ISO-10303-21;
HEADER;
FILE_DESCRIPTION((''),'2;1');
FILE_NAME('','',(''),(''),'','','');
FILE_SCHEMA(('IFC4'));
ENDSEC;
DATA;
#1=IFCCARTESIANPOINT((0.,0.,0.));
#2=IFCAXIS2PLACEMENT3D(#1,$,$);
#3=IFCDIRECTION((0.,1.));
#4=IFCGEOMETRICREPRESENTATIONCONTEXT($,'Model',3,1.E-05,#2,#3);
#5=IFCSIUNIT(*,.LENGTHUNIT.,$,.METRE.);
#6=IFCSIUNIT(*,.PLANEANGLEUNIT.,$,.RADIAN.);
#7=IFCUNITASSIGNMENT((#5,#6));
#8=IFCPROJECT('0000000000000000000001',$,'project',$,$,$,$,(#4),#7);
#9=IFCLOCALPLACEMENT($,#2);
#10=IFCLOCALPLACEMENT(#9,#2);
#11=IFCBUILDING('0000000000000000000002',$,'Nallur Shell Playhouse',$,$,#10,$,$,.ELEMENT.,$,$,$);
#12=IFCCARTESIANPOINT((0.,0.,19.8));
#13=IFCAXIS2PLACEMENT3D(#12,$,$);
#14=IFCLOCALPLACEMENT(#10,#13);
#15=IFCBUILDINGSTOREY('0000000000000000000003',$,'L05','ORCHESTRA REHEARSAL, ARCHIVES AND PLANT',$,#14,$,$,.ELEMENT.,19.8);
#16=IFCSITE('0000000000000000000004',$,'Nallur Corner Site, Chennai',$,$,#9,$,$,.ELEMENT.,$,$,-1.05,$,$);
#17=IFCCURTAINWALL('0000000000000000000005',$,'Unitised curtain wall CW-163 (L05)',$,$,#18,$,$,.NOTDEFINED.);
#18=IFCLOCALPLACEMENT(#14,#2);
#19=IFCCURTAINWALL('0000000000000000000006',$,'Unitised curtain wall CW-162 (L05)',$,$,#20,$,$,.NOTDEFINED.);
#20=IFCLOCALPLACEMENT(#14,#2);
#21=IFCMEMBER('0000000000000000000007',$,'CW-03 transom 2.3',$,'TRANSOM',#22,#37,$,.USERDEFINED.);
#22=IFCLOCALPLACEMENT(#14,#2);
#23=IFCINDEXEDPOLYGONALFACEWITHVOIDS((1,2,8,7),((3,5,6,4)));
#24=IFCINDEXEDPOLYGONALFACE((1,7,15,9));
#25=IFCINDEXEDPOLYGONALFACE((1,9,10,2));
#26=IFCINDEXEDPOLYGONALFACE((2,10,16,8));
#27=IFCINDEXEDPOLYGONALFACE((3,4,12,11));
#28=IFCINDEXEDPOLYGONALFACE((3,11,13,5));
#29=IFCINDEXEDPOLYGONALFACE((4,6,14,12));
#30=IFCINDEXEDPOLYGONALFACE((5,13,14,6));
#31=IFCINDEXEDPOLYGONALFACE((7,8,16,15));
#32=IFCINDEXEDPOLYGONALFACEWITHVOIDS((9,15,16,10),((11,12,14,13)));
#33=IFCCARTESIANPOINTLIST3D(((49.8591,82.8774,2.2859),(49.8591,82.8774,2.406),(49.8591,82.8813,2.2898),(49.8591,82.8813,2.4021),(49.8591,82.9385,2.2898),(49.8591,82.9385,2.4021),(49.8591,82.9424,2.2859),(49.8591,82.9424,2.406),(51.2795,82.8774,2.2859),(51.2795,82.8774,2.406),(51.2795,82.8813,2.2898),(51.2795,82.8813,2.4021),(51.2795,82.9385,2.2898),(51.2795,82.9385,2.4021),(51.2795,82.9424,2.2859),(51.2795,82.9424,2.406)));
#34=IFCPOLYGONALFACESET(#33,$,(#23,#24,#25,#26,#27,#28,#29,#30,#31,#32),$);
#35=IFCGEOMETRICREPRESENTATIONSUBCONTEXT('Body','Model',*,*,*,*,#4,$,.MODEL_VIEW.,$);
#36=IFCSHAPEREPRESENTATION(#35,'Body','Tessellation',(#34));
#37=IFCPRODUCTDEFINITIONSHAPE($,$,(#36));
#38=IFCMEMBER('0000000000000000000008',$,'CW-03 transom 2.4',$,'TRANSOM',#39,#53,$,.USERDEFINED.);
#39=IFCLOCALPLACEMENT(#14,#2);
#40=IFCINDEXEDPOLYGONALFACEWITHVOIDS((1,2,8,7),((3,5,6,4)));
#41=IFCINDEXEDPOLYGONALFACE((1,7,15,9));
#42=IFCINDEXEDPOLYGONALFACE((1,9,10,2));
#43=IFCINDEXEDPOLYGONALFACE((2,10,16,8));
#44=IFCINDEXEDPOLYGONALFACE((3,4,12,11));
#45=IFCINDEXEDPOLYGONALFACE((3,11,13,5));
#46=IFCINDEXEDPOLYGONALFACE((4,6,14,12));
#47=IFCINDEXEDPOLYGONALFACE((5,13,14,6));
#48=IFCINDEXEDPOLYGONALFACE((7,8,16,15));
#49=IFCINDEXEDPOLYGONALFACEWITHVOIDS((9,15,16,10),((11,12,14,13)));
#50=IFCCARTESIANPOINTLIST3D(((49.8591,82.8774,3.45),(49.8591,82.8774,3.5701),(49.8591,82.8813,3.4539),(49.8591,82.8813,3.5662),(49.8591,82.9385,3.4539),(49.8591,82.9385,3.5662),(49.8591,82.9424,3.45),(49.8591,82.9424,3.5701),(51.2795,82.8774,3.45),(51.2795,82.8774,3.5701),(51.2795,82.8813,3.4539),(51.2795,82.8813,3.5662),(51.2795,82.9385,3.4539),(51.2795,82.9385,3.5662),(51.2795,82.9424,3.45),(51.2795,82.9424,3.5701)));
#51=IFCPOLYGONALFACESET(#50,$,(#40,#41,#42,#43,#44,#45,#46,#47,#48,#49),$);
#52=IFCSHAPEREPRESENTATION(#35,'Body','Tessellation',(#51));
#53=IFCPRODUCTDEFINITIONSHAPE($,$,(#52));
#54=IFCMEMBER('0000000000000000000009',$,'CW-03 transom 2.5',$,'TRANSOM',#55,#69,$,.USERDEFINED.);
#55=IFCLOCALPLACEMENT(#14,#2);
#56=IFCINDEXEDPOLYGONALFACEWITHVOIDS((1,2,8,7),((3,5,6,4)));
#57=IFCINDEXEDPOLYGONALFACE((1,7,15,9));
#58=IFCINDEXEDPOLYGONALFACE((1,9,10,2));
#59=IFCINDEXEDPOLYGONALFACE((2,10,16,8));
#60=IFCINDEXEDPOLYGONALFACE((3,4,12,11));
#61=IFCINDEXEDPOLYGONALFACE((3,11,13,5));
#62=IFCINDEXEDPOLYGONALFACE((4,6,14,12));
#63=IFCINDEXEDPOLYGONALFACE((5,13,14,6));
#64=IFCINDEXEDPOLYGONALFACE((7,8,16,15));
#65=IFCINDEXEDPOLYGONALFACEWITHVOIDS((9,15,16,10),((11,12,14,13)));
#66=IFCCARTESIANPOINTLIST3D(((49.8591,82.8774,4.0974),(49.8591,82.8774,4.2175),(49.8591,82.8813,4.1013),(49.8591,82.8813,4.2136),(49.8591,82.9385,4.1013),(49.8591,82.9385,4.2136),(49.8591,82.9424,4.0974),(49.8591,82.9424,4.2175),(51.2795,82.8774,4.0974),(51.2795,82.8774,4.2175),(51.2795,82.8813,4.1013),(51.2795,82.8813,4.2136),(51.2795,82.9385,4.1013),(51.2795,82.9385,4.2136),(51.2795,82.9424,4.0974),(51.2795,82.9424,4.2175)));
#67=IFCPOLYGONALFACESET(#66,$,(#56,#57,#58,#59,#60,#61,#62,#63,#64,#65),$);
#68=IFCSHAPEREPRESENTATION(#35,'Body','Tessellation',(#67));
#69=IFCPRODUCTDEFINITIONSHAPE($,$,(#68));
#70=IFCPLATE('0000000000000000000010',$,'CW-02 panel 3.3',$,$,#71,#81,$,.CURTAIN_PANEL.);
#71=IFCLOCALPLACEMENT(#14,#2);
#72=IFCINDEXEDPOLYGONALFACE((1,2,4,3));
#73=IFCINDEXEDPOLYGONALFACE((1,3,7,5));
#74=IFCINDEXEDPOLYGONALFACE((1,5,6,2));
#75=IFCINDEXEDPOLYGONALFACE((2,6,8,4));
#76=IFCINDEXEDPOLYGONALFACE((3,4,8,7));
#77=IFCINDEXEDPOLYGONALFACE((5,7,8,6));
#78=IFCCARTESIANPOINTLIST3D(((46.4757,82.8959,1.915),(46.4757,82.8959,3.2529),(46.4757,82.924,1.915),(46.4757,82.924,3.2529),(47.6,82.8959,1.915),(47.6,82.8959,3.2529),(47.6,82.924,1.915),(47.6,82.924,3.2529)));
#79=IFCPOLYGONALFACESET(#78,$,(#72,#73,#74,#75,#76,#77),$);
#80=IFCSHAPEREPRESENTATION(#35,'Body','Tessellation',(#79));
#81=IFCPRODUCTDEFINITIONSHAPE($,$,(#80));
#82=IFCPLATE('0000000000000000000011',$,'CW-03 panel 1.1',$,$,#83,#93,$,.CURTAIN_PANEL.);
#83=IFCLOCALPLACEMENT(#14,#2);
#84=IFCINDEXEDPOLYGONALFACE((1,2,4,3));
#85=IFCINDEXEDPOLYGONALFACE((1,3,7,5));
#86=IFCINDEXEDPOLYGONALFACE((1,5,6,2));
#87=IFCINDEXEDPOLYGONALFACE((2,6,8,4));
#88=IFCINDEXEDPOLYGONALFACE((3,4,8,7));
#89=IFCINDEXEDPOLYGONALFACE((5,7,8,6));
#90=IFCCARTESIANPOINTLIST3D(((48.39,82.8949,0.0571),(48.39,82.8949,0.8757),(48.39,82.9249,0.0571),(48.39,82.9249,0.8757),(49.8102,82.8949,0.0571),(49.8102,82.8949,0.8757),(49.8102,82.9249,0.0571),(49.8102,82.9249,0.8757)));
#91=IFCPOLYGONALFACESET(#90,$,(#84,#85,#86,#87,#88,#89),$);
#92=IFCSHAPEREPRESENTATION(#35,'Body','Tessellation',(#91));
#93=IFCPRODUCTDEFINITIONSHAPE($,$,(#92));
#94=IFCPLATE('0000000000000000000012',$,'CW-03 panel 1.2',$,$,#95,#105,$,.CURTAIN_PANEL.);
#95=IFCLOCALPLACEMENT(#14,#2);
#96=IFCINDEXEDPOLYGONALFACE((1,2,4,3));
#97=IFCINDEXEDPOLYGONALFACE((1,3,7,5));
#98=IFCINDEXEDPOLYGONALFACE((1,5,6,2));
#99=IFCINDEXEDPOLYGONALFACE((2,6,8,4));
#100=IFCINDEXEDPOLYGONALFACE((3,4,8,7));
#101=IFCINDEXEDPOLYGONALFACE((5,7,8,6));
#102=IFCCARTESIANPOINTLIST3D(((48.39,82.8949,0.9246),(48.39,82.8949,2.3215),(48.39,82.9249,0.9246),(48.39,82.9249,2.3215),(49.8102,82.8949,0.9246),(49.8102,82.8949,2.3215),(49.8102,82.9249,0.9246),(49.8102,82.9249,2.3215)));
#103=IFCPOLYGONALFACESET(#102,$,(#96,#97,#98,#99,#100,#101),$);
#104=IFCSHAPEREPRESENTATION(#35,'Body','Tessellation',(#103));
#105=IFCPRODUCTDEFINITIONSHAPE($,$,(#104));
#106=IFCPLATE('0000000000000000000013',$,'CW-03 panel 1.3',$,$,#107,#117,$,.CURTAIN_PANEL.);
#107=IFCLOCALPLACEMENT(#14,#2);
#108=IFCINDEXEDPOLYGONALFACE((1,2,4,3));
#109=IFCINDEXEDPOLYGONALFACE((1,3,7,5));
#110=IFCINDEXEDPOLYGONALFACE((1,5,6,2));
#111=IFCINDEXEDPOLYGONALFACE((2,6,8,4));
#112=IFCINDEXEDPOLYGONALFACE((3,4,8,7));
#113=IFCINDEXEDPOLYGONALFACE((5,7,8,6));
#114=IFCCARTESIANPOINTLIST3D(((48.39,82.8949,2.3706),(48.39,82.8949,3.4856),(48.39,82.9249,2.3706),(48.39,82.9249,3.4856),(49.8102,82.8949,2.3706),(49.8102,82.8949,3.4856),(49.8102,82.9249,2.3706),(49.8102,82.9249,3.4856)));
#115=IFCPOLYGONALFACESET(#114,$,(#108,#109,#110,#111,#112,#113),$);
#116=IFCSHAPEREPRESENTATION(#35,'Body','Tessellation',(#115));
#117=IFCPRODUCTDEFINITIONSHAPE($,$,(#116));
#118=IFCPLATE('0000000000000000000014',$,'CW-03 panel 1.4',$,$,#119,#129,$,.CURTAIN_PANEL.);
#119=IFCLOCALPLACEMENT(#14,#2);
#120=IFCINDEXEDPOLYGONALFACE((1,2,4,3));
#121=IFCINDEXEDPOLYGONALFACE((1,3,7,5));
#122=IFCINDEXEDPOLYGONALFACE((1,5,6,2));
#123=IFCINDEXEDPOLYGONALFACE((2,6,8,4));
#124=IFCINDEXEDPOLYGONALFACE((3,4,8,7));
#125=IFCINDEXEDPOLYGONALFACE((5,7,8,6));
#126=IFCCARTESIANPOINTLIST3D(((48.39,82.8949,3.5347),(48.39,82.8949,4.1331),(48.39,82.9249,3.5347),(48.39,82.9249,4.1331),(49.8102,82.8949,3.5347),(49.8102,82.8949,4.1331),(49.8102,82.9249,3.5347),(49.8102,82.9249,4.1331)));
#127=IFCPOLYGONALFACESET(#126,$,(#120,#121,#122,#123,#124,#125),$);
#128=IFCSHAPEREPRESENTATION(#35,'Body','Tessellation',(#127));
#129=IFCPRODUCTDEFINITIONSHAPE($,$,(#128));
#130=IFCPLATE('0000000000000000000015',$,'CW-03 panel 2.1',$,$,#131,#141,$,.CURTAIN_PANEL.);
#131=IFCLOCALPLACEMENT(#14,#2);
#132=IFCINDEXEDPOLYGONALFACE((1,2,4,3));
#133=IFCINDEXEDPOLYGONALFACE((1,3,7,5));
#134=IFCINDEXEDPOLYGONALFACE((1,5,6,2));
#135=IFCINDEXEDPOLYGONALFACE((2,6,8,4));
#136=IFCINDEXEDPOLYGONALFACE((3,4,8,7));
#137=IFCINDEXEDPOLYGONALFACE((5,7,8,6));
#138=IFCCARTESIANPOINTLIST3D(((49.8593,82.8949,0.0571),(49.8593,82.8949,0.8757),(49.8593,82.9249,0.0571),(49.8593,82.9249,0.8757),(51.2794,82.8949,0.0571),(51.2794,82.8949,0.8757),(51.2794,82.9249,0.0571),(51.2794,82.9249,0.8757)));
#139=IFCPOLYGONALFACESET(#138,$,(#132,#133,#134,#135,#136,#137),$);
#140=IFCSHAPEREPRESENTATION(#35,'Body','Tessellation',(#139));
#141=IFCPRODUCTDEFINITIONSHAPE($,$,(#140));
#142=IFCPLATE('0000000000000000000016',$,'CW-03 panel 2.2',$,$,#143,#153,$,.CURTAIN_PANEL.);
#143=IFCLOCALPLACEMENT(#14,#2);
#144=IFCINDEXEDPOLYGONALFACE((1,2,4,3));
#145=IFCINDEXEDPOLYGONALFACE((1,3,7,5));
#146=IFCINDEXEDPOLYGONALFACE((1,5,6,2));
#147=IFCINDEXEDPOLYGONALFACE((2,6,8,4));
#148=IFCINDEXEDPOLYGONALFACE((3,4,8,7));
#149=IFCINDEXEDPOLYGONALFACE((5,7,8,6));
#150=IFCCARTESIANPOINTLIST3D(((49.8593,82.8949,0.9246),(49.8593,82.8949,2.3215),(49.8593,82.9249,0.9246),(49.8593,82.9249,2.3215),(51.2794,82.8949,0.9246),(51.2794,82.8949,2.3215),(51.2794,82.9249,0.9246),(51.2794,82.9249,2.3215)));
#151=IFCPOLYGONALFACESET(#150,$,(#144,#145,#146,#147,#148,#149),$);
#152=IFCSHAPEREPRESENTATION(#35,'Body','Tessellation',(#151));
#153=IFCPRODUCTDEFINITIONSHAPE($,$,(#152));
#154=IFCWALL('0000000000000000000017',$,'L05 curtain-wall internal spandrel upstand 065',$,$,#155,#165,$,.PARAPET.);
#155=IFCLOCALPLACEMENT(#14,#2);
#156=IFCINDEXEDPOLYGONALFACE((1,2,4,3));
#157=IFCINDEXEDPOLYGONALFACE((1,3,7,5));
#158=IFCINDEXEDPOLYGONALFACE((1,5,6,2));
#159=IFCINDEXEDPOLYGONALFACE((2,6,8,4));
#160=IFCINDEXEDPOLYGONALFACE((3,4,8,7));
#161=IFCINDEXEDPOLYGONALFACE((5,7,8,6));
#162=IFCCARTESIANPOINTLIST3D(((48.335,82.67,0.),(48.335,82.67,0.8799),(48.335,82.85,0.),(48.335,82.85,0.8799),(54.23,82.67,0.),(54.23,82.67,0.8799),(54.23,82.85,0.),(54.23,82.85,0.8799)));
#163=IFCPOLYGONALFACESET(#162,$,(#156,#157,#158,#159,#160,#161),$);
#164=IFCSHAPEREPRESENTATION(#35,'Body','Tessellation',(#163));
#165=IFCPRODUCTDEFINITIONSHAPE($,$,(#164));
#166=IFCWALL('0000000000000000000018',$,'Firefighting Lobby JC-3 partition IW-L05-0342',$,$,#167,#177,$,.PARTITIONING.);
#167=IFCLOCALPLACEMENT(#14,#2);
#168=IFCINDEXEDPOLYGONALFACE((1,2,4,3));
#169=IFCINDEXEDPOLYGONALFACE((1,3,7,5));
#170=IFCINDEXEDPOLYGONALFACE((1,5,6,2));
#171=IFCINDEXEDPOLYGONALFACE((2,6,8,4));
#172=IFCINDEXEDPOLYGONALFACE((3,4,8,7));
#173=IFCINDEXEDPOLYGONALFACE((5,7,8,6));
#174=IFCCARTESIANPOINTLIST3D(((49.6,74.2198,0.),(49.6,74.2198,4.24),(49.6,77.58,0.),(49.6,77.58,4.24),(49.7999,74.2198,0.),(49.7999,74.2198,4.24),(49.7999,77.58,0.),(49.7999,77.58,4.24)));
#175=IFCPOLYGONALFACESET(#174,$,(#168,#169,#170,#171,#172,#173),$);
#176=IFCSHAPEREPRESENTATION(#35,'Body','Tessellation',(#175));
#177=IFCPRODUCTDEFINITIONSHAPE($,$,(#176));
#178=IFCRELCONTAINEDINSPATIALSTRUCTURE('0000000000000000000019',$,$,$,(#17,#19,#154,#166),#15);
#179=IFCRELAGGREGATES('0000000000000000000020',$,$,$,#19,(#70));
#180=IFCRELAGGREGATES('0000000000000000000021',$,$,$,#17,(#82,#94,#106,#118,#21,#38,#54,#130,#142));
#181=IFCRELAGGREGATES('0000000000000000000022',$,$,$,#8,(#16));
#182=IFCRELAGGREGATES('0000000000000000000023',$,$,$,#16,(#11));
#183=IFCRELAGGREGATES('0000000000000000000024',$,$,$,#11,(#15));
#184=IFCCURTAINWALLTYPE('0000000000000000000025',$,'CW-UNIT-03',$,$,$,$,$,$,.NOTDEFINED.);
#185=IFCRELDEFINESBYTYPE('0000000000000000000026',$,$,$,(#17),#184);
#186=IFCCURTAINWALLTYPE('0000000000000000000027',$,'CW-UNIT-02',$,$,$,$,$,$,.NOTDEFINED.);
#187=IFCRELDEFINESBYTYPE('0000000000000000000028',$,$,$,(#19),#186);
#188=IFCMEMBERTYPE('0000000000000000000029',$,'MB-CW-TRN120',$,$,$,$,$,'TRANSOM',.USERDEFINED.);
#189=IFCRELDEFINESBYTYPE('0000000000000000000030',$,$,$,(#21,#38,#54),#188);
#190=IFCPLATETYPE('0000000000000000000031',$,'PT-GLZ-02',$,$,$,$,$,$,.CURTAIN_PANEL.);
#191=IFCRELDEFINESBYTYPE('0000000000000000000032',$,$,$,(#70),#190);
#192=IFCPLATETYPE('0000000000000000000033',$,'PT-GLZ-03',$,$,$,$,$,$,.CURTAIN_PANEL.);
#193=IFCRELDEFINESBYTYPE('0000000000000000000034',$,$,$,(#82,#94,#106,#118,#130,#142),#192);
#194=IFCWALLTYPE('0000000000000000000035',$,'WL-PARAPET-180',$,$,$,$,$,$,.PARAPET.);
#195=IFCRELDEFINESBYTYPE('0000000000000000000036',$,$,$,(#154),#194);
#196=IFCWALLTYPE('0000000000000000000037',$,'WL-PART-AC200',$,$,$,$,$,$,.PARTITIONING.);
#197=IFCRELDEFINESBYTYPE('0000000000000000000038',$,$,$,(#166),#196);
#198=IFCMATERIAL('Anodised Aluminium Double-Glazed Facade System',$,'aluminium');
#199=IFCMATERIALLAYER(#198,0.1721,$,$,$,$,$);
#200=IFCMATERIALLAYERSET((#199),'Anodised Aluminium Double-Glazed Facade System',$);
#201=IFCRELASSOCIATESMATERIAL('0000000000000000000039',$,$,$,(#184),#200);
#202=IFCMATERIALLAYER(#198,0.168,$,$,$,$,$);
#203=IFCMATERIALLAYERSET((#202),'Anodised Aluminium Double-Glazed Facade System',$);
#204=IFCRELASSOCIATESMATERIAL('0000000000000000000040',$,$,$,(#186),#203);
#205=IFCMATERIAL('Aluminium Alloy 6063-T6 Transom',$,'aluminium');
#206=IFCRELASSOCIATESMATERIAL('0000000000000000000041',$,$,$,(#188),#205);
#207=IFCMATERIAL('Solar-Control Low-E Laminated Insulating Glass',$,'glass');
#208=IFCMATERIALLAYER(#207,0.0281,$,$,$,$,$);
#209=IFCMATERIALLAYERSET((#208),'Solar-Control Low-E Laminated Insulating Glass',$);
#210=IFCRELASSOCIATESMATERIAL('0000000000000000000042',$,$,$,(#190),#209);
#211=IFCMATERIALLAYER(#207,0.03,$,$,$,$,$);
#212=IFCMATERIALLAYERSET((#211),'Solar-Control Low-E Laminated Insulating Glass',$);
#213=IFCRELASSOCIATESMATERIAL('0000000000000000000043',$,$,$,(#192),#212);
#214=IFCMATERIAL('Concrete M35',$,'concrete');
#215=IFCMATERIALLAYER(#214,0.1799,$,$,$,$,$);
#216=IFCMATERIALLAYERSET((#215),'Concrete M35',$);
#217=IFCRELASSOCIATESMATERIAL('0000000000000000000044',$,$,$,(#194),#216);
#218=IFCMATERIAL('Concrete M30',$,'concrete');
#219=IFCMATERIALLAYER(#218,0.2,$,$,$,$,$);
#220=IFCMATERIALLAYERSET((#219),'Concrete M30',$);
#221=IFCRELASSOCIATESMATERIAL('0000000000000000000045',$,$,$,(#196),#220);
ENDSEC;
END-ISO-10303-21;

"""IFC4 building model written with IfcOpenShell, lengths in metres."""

from ifc_helpers import new_model, si_unit, direction, frame, frame_2d, origin, origin_2d, place, context, subcontext, project, spatial, rectangle, hollow_rectangle, extrude, material, layer, layer_set, material_profile, profile_set, type_object, element, aggregate, save


model = new_model("IFC4")

# Units and contexts
model_context = context("Model", 3, precision=1e-05, world=origin(), true_north=direction((0.0, 1.0)))
body_context = subcontext(model_context, "Body", "Model", "MODEL_VIEW")
ifc_project = project(units=[si_unit("LENGTHUNIT", "METRE"), si_unit("PLANEANGLEUNIT", "RADIAN")], contexts=[model_context])

# Site, building, storey
site_placement = place(None, origin())
site = spatial("IfcSite", under=ifc_project, at=site_placement, Name="Nallur Corner Site, Chennai", CompositionType="ELEMENT", RefElevation=-1.05)
building_placement = place(site_placement, origin())
building = spatial("IfcBuilding", under=site, at=building_placement, Name="Nallur Shell Playhouse", CompositionType="ELEMENT")
storey_placement = place(building_placement, frame((0.0, 0.0, 19.8)))
storey = spatial("IfcBuildingStorey", under=building, at=storey_placement, Name="L05", Description="ORCHESTRA REHEARSAL, ARCHIVES AND PLANT", CompositionType="ELEMENT", Elevation=19.8)

# Shared definitions
ifc_material_1 = material(Name="Concrete M35", Category="concrete")

# Curtain wall
ifc_material_2 = material(Name="Anodised Aluminium Double-Glazed Facade System", Category="aluminium")
ifc_layer_1 = layer(ifc_material_2, 0.1721)
ifc_layer_set_1 = layer_set([ifc_layer_1], Name="Anodised Aluminium Double-Glazed Facade System")
curtain_wall_type_1 = type_object("IfcCurtainWallType", Name="CW-UNIT-03", PredefinedType="NOTDEFINED", material=ifc_layer_set_1)
curtain_wall_1_placement = place(storey_placement, origin())
curtain_wall_1 = element("IfcCurtainWall", 1, at=curtain_wall_1_placement, inside=storey, type_object=curtain_wall_type_1, Name="Unitised curtain wall CW-163 (L05)", PredefinedType="NOTDEFINED")

# Curtain wall
ifc_layer_2 = layer(ifc_material_2, 0.168)
ifc_layer_set_2 = layer_set([ifc_layer_2], Name="Anodised Aluminium Double-Glazed Facade System")
curtain_wall_type_2 = type_object("IfcCurtainWallType", Name="CW-UNIT-02", PredefinedType="NOTDEFINED", material=ifc_layer_set_2)
curtain_wall_2_placement = place(storey_placement, origin())
curtain_wall_2 = element("IfcCurtainWall", 2, at=curtain_wall_2_placement, inside=storey, type_object=curtain_wall_type_2, Name="Unitised curtain wall CW-162 (L05)", PredefinedType="NOTDEFINED")

# Members
ifc_material_3 = material(Name="Aluminium Alloy 6063-T6 Transom", Category="aluminium")
ifc_material_profile_1 = material_profile(ifc_material_3, hollow_rectangle(XDim=0.0649, YDim=0.1201, WallThickness=0.0039, at=origin_2d()), Name="ALU 65x120x4")
ifc_profile_set_1 = profile_set([ifc_material_profile_1], Name="Aluminium Alloy 6063-T6 Transom")
member_type_1 = type_object("IfcMemberType", Name="MB-CW-TRN120", ElementType="TRANSOM", PredefinedType="USERDEFINED", material=ifc_profile_set_1)
member_1_placement = place(storey_placement, frame((49.8591, 82.9099, 2.3459), z_axis=(1.0, 0.0, 0.0), x_axis=(0.0, 1.0, 0.0)))
member_1 = element("IfcMember", 3, at=member_1_placement, type_object=member_type_1, Name="CW-03 transom 2.3", ObjectType="TRANSOM", PredefinedType="USERDEFINED", context=body_context, shape_type="SweptSolid", body=[
    extrude(hollow_rectangle(XDim=0.0649, YDim=0.1201, WallThickness=0.0039, at=origin_2d()), origin(), (0.0, 0.0, 1.0), 1.4204),
])
member_2_placement = place(storey_placement, frame((49.8591, 82.9099, 3.51), z_axis=(1.0, 0.0, 0.0), x_axis=(0.0, 1.0, 0.0)))
member_2 = element("IfcMember", 4, at=member_2_placement, type_object=member_type_1, Name="CW-03 transom 2.4", ObjectType="TRANSOM", PredefinedType="USERDEFINED", context=body_context, shape_type="SweptSolid", body=[
    extrude(hollow_rectangle(XDim=0.0649, YDim=0.1201, WallThickness=0.0039, at=origin_2d()), origin(), (0.0, 0.0, 1.0), 1.4204),
])
member_3_placement = place(storey_placement, frame((49.8591, 82.9099, 4.1575), z_axis=(1.0, 0.0, 0.0), x_axis=(0.0, 1.0, 0.0)))
member_3 = element("IfcMember", 5, at=member_3_placement, type_object=member_type_1, Name="CW-03 transom 2.5", ObjectType="TRANSOM", PredefinedType="USERDEFINED", context=body_context, shape_type="SweptSolid", body=[
    extrude(hollow_rectangle(XDim=0.0649, YDim=0.1201, WallThickness=0.0039, at=origin_2d()), origin(), (0.0, 0.0, 1.0), 1.4204),
])

# Plates
ifc_material_4 = material(Name="Solar-Control Low-E Laminated Insulating Glass", Category="glass")
ifc_layer_3 = layer(ifc_material_4, 0.0281)
ifc_layer_set_3 = layer_set([ifc_layer_3], Name="Solar-Control Low-E Laminated Insulating Glass")
plate_type_1 = type_object("IfcPlateType", Name="PT-GLZ-02", PredefinedType="CURTAIN_PANEL", material=ifc_layer_set_3)
plate_1_placement = place(storey_placement, frame((47.0378, 82.9099, 1.915), z_axis=(0.0, 0.0, 1.0), x_axis=(1.0, 0.0, 0.0)))
plate_1 = element("IfcPlate", 6, at=plate_1_placement, type_object=plate_type_1, Name="CW-02 panel 3.3", PredefinedType="CURTAIN_PANEL", context=body_context, shape_type="SweptSolid", body=[
    extrude(rectangle(XDim=1.1243, YDim=0.0281, at=origin_2d()), origin(), (0.0, 0.0, 1.0), 1.3379),
])
aggregate(curtain_wall_2, [plate_1])
ifc_layer_4 = layer(ifc_material_4, 0.03)
ifc_layer_set_4 = layer_set([ifc_layer_4], Name="Solar-Control Low-E Laminated Insulating Glass")
plate_type_2 = type_object("IfcPlateType", Name="PT-GLZ-03", PredefinedType="CURTAIN_PANEL", material=ifc_layer_set_4)
plate_2_placement = place(storey_placement, frame((49.1001, 82.9099, 0.0571), z_axis=(0.0, 0.0, 1.0), x_axis=(1.0, 0.0, 0.0)))
plate_2 = element("IfcPlate", 7, at=plate_2_placement, type_object=plate_type_2, Name="CW-03 panel 1.1", PredefinedType="CURTAIN_PANEL", context=body_context, shape_type="SweptSolid", body=[
    extrude(rectangle(XDim=1.4202, YDim=0.03, at=origin_2d()), origin(), (0.0, 0.0, 1.0), 0.8186),
])
plate_3_placement = place(storey_placement, frame((49.1001, 82.9099, 0.9246), z_axis=(0.0, 0.0, 1.0), x_axis=(1.0, 0.0, 0.0)))
plate_3 = element("IfcPlate", 8, at=plate_3_placement, type_object=plate_type_2, Name="CW-03 panel 1.2", PredefinedType="CURTAIN_PANEL", context=body_context, shape_type="SweptSolid", body=[
    extrude(rectangle(XDim=1.4202, YDim=0.03, at=origin_2d()), origin(), (0.0, 0.0, 1.0), 1.397),
])
plate_4_placement = place(storey_placement, frame((49.1001, 82.9099, 2.3706), z_axis=(0.0, 0.0, 1.0), x_axis=(1.0, 0.0, 0.0)))
plate_4 = element("IfcPlate", 9, at=plate_4_placement, type_object=plate_type_2, Name="CW-03 panel 1.3", PredefinedType="CURTAIN_PANEL", context=body_context, shape_type="SweptSolid", body=[
    extrude(rectangle(XDim=1.4202, YDim=0.03, at=origin_2d()), origin(), (0.0, 0.0, 1.0), 1.115),
])
plate_5_placement = place(storey_placement, frame((49.1001, 82.9099, 3.5347), z_axis=(0.0, 0.0, 1.0), x_axis=(1.0, 0.0, 0.0)))
plate_5 = element("IfcPlate", 10, at=plate_5_placement, type_object=plate_type_2, Name="CW-03 panel 1.4", PredefinedType="CURTAIN_PANEL", context=body_context, shape_type="SweptSolid", body=[
    extrude(rectangle(XDim=1.4202, YDim=0.03, at=origin_2d()), origin(), (0.0, 0.0, 1.0), 0.5984),
])
plate_6_placement = place(storey_placement, frame((50.5693, 82.9099, 0.0571), z_axis=(0.0, 0.0, 1.0), x_axis=(1.0, 0.0, 0.0)))
plate_6 = element("IfcPlate", 11, at=plate_6_placement, type_object=plate_type_2, Name="CW-03 panel 2.1", PredefinedType="CURTAIN_PANEL", context=body_context, shape_type="SweptSolid", body=[
    extrude(rectangle(XDim=1.4202, YDim=0.03, at=origin_2d()), origin(), (0.0, 0.0, 1.0), 0.8186),
])
plate_7_placement = place(storey_placement, frame((50.5693, 82.9099, 0.9246), z_axis=(0.0, 0.0, 1.0), x_axis=(1.0, 0.0, 0.0)))
plate_7 = element("IfcPlate", 12, at=plate_7_placement, type_object=plate_type_2, Name="CW-03 panel 2.2", PredefinedType="CURTAIN_PANEL", context=body_context, shape_type="SweptSolid", body=[
    extrude(rectangle(XDim=1.4202, YDim=0.03, at=origin_2d()), origin(), (0.0, 0.0, 1.0), 1.397),
])
aggregate(curtain_wall_1, [plate_2, plate_3, plate_4, plate_5, member_1, member_2, member_3, plate_6, plate_7])

# Walls
ifc_layer_5 = layer(ifc_material_1, 0.1799)
ifc_layer_set_5 = layer_set([ifc_layer_5], Name="Concrete M35")
wall_type_1 = type_object("IfcWallType", Name="WL-PARAPET-180", PredefinedType="PARAPET", material=ifc_layer_set_5)
wall_1_placement = place(storey_placement, frame((48.335, 82.76, 0.0), z_axis=(0.0, 0.0, 1.0), x_axis=(1.0, 0.0, 0.0)))
element("IfcWall", 13, at=wall_1_placement, inside=storey, type_object=wall_type_1, Name="L05 curtain-wall internal spandrel upstand 065", PredefinedType="PARAPET", context=body_context, shape_type="SweptSolid", body=[
    extrude(rectangle(XDim=5.895, YDim=0.1799, at=frame_2d((2.9475, 0.0))), origin(), (0.0, 0.0, 1.0), 0.8799),
])
ifc_material_5 = material(Name="Concrete M30", Category="concrete")
ifc_layer_6 = layer(ifc_material_5, 0.2)
ifc_layer_set_6 = layer_set([ifc_layer_6], Name="Concrete M30")
wall_type_2 = type_object("IfcWallType", Name="WL-PART-AC200", PredefinedType="PARTITIONING", material=ifc_layer_set_6)
wall_2_placement = place(storey_placement, frame((49.7, 77.5801, 0.0), z_axis=(0.0, 0.0, 1.0), x_axis=(0.0, -1.0, 0.0)))
element("IfcWall", 14, at=wall_2_placement, inside=storey, type_object=wall_type_2, Name="Firefighting Lobby JC-3 partition IW-L05-0342", PredefinedType="PARTITIONING", context=body_context, shape_type="SweptSolid", body=[
    extrude(rectangle(XDim=3.3601, YDim=0.2, at=frame_2d((1.6802, 0.0))), origin(), (0.0, 0.0, 1.0), 4.24),
])

save(model, "model.ifc")
